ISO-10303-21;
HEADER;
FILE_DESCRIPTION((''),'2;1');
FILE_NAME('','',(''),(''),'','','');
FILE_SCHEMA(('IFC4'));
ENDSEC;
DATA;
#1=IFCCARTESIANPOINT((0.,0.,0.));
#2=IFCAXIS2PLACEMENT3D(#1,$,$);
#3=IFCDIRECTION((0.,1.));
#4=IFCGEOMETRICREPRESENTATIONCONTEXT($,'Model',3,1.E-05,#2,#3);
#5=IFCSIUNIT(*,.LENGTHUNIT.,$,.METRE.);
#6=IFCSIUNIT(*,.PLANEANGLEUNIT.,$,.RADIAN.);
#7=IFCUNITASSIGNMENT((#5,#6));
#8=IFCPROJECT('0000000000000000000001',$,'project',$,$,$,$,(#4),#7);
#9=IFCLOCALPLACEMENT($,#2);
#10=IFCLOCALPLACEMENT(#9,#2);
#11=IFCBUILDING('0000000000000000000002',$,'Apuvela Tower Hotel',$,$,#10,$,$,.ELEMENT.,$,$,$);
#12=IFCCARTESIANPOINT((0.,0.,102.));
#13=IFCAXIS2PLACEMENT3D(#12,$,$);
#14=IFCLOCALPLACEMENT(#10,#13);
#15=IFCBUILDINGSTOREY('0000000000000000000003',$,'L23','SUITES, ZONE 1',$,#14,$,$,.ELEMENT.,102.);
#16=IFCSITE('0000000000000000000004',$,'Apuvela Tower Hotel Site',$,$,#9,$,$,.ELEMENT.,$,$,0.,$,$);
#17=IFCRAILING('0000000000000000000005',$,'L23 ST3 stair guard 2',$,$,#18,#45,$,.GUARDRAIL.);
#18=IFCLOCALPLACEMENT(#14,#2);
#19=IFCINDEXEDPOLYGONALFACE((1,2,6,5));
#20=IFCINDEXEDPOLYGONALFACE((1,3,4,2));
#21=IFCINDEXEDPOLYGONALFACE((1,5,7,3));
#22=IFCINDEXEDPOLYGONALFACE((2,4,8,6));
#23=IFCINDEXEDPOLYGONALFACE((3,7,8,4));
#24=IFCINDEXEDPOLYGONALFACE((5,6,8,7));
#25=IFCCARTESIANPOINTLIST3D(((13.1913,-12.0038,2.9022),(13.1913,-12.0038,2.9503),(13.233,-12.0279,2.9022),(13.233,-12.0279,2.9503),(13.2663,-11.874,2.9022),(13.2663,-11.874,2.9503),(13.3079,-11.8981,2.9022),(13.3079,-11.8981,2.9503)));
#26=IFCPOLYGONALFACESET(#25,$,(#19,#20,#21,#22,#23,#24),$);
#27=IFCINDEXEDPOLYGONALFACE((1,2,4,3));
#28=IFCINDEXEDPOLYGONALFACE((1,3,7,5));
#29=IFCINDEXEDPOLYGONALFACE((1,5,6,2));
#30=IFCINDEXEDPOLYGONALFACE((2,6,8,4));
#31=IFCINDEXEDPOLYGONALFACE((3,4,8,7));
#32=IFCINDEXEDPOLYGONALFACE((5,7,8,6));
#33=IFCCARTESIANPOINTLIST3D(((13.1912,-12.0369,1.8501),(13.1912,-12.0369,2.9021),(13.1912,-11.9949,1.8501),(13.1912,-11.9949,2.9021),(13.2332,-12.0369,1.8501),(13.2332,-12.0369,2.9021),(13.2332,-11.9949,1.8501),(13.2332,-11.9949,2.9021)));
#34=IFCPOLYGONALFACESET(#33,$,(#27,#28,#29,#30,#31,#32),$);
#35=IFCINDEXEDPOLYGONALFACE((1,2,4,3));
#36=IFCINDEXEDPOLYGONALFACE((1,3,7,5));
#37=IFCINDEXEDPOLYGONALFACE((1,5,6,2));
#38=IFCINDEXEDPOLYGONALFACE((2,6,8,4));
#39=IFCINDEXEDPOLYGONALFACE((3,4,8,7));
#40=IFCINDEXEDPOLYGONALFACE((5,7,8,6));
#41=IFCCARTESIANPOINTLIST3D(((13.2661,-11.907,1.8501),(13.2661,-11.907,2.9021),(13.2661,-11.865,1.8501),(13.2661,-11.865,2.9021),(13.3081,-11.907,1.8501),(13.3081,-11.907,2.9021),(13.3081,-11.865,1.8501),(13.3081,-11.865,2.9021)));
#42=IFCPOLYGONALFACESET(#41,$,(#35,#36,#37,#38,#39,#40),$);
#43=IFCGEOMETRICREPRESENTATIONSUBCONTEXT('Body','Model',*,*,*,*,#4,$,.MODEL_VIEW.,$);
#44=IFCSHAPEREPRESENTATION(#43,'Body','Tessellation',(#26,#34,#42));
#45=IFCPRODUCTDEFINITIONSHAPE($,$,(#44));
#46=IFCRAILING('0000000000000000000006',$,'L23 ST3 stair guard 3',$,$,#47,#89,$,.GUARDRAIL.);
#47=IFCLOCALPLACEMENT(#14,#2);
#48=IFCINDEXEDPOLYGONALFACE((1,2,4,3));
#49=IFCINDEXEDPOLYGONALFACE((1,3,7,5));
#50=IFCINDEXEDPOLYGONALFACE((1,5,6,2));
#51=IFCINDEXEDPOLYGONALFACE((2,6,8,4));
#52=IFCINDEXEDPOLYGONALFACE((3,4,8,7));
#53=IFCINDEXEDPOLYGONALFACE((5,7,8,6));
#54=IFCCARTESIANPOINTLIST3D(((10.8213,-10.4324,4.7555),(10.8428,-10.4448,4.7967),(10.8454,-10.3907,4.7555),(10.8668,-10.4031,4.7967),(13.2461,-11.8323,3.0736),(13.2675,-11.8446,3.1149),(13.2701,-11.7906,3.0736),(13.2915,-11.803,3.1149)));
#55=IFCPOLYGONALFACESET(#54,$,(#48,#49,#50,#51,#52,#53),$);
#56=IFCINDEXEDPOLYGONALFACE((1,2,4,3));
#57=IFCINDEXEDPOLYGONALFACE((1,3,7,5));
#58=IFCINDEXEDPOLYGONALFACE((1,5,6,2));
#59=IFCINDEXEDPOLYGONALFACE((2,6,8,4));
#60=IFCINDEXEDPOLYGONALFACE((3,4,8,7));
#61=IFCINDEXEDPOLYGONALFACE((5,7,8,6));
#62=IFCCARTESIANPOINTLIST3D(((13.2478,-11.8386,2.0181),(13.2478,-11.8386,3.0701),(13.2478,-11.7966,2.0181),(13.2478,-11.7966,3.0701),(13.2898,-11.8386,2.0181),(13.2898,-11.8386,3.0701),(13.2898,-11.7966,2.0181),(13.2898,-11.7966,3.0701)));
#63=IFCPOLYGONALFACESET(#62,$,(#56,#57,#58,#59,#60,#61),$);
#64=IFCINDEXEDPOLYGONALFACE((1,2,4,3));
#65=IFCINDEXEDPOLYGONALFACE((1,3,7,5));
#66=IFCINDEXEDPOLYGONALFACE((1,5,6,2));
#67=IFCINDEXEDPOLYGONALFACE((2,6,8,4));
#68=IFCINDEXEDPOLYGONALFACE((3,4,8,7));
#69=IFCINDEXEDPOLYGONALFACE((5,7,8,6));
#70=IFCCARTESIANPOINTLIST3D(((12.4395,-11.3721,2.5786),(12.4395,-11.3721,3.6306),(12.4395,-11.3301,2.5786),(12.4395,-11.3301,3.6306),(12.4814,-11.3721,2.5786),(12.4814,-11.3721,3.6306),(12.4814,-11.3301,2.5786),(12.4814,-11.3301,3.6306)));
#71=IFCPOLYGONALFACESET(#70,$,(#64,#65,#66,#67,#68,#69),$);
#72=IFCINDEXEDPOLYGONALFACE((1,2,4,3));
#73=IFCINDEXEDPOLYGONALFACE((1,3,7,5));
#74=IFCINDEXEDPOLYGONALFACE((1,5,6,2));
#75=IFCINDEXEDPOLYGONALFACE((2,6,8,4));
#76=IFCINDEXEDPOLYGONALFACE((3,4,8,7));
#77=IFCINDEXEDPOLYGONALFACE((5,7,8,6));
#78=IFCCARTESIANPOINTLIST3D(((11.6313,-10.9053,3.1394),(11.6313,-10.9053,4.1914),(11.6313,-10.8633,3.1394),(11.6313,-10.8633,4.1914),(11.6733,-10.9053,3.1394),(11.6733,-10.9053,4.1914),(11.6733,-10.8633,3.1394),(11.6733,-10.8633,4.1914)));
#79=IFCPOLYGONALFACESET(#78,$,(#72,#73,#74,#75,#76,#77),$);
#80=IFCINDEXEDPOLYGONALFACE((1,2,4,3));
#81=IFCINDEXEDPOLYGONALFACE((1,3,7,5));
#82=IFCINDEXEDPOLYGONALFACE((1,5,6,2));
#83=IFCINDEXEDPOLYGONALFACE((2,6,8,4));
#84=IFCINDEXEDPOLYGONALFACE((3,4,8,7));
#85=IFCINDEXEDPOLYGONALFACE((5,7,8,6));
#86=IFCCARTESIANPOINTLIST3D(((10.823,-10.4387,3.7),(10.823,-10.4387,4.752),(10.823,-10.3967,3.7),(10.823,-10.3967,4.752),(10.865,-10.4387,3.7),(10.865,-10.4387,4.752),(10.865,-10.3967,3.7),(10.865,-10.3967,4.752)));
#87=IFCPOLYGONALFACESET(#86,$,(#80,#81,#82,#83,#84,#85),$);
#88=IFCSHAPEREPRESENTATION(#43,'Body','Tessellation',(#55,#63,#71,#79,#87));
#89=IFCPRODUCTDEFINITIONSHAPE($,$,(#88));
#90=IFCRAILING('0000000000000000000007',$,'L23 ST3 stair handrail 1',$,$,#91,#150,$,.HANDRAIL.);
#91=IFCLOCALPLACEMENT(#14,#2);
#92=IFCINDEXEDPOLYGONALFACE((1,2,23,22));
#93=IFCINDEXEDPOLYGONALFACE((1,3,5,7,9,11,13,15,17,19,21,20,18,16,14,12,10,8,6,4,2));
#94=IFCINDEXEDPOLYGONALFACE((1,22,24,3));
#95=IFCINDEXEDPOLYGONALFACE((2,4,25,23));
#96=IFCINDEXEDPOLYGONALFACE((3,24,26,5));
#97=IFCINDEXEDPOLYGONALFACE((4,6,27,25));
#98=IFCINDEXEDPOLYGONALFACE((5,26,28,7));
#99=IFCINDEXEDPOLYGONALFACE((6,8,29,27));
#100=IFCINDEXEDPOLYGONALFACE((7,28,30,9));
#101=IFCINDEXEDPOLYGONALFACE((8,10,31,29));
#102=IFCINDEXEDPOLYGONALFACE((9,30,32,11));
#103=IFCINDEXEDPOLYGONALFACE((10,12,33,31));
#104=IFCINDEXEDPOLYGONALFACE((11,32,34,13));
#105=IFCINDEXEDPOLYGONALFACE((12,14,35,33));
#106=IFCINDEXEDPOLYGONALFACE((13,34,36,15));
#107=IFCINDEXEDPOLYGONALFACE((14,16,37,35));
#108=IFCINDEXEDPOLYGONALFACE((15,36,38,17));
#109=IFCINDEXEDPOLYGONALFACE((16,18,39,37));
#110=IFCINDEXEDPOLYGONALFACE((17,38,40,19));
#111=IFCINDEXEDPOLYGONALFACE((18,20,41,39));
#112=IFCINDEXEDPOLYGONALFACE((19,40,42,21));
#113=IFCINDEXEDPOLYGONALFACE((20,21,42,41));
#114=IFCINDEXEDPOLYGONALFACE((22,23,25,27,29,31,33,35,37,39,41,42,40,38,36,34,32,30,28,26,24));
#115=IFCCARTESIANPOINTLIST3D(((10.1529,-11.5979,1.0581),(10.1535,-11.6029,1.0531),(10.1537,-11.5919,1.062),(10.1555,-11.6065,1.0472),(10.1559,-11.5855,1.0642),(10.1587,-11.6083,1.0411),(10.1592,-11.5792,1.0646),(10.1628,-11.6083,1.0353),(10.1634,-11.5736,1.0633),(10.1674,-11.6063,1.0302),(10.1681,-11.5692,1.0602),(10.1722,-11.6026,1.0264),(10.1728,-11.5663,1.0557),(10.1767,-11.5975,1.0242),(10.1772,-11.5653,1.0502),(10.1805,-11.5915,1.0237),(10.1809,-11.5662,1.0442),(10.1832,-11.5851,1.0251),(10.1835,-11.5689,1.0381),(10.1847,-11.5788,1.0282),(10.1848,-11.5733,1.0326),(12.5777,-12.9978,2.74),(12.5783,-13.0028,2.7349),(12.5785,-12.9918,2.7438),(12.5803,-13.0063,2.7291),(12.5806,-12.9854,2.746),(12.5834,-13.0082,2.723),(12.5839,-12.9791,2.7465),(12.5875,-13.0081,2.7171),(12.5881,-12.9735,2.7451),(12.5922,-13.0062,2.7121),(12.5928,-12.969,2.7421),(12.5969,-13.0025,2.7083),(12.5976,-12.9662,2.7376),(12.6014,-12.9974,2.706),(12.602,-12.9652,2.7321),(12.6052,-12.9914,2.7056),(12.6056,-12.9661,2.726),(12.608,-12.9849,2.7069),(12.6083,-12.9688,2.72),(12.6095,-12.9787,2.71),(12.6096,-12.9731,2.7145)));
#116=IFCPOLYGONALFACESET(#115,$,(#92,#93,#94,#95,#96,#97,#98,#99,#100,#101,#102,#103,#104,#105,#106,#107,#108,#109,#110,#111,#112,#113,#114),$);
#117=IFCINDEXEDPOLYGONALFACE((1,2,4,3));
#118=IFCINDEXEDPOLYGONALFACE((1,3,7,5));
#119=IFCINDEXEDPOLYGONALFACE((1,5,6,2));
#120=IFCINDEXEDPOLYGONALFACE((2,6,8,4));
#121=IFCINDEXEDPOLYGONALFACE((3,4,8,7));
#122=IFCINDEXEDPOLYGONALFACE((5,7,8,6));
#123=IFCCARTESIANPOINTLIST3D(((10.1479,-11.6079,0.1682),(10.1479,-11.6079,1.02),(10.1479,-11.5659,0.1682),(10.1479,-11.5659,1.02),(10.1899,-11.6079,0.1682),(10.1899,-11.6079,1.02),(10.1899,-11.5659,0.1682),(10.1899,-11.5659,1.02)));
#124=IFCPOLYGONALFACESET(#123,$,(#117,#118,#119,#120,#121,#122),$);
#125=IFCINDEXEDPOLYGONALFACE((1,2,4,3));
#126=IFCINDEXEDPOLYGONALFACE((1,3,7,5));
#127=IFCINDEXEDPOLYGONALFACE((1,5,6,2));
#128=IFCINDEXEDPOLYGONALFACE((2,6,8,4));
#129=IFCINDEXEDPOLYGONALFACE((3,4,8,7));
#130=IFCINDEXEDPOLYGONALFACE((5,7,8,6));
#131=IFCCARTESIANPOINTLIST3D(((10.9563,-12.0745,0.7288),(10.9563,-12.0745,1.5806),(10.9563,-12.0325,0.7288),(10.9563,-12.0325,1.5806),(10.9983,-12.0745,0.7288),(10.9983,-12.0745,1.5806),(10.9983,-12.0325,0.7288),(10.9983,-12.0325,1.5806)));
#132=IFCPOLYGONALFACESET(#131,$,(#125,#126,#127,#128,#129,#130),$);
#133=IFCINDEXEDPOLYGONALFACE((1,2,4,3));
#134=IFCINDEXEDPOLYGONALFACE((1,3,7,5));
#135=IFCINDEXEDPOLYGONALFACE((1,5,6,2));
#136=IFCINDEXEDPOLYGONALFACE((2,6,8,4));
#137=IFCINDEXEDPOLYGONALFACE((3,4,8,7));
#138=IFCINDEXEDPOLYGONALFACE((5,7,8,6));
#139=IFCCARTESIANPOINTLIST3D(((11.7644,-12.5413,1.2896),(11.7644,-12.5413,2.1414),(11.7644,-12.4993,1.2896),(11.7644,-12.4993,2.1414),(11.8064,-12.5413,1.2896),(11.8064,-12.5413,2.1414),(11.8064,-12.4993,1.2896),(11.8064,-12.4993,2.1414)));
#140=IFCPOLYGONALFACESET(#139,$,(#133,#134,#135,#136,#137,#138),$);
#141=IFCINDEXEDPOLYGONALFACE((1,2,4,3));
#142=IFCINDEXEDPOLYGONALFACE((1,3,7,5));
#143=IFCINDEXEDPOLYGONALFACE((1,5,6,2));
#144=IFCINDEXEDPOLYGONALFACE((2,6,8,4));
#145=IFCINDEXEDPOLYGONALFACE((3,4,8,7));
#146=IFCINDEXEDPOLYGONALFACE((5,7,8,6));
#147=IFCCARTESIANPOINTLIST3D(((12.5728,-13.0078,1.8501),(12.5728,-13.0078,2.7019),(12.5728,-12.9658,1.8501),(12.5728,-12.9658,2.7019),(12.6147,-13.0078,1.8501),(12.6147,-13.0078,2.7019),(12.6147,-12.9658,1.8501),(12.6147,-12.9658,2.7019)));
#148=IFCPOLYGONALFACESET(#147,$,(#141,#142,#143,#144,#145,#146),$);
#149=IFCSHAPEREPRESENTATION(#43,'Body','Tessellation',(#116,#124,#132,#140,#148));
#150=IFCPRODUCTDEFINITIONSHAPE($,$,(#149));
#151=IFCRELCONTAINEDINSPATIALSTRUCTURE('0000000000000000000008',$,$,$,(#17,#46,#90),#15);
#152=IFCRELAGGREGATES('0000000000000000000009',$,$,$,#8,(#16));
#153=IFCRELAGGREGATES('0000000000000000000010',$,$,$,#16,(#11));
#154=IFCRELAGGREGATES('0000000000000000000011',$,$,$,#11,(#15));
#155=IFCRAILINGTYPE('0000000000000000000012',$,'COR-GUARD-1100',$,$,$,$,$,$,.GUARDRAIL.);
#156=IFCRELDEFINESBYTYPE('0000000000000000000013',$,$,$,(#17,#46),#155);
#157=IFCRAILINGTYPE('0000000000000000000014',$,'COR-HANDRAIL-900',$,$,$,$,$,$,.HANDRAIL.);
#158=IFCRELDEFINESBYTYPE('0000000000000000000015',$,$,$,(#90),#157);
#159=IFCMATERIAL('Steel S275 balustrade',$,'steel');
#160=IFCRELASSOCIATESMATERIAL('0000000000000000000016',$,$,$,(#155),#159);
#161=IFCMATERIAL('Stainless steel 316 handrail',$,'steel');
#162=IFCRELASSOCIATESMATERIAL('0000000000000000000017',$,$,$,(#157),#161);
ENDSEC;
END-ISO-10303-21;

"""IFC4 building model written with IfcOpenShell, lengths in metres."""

from ifc_helpers import new_model, si_unit, direction, frame, origin, origin_2d, place, context, subcontext, project, spatial, rectangle, circle, extrude, material, type_object, element, save


model = new_model("IFC4")

# Units and contexts
model_context = context("Model", 3, precision=1e-05, world=origin(), true_north=direction((0.0, 1.0)))
body_context = subcontext(model_context, "Body", "Model", "MODEL_VIEW")
ifc_project = project(units=[si_unit("LENGTHUNIT", "METRE"), si_unit("PLANEANGLEUNIT", "RADIAN")], contexts=[model_context])

# Site, building, storey
site_placement = place(None, origin())
site = spatial("IfcSite", under=ifc_project, at=site_placement, Name="Apuvela Tower Hotel Site", CompositionType="ELEMENT", RefElevation=0.0)
building_placement = place(site_placement, origin())
building = spatial("IfcBuilding", under=site, at=building_placement, Name="Apuvela Tower Hotel", CompositionType="ELEMENT")
storey_placement = place(building_placement, frame((0.0, 0.0, 102.0)))
storey = spatial("IfcBuildingStorey", under=building, at=storey_placement, Name="L23", Description="SUITES, ZONE 1", CompositionType="ELEMENT", Elevation=102.0)

# Railings
ifc_material_1 = material(Name="Steel S275 balustrade", Category="steel")
railing_type_1 = type_object("IfcRailingType", Name="COR-GUARD-1100", PredefinedType="GUARDRAIL", material=ifc_material_1)
railing_1_placement = place(storey_placement, frame((13.2122, -12.0159, 1.8501)))
element("IfcRailing", 1, at=railing_1_placement, inside=storey, type_object=railing_type_1, Name="L23 ST3 stair guard 2", PredefinedType="GUARDRAIL", context=body_context, shape_type="SweptSolid", body=[
    extrude(rectangle(XDim=0.0481, YDim=0.0481, at=origin_2d()), frame((0.0, 0.0, 1.0762), z_axis=(0.499816, 0.866131, 0.0), x_axis=(-0.866131, 0.499816, 0.0)), (0.0, 0.0, 1.0), 0.1499),
    extrude(rectangle(XDim=0.042, YDim=0.042, at=origin_2d()), origin(), (0.0, 0.0, 1.0), 1.052),
    extrude(rectangle(XDim=0.042, YDim=0.042, at=origin_2d()), frame((0.075, 0.1299, 0.0)), (0.0, 0.0, 1.0), 1.052),
])
railing_2_placement = place(storey_placement, frame((13.2688, -11.8176, 2.0181)))
element("IfcRailing", 2, at=railing_2_placement, inside=storey, type_object=railing_type_1, Name="L23 ST3 stair guard 3", PredefinedType="GUARDRAIL", context=body_context, shape_type="SweptSolid", body=[
    extrude(rectangle(XDim=0.0481, YDim=0.0481, at=origin_2d()), frame((0.0, 0.0, 1.0762), z_axis=(-0.74239, 0.428601, 0.514934), x_axis=(-0.499984, -0.866035, 0.0)), (0.0, 0.0, 1.0), 3.2661),
    extrude(rectangle(XDim=0.042, YDim=0.042, at=origin_2d()), origin(), (0.0, 0.0, 1.0), 1.052),
    extrude(rectangle(XDim=0.042, YDim=0.042, at=origin_2d()), frame((-0.8083, 0.4666, 0.5605)), (0.0, 0.0, 1.0), 1.052),
    extrude(rectangle(XDim=0.042, YDim=0.042, at=origin_2d()), frame((-1.6165, 0.9333, 1.1213)), (0.0, 0.0, 1.0), 1.052),
    extrude(rectangle(XDim=0.042, YDim=0.042, at=origin_2d()), frame((-2.4248, 1.3999, 1.6819)), (0.0, 0.0, 1.0), 1.052),
])
ifc_material_2 = material(Name="Stainless steel 316 handrail", Category="steel")
railing_type_2 = type_object("IfcRailingType", Name="COR-HANDRAIL-900", PredefinedType="HANDRAIL", material=ifc_material_2)
railing_3_placement = place(storey_placement, frame((10.1689, -11.5869, 0.1682)))
element("IfcRailing", 3, at=railing_3_placement, inside=storey, type_object=railing_type_2, Name="L23 ST3 stair handrail 1", PredefinedType="HANDRAIL", context=body_context, shape_type="SweptSolid", body=[
    extrude(circle(Radius=0.0239, at=origin_2d()), frame((0.0, 0.0, 0.876), z_axis=(0.74239, -0.428601, 0.514934), x_axis=(0.499984, 0.866035, 0.0)), (0.0, 0.0, 1.0), 3.2661),
    extrude(rectangle(XDim=0.042, YDim=0.042, at=origin_2d()), origin(), (0.0, 0.0, 1.0), 0.8518),
    extrude(rectangle(XDim=0.042, YDim=0.042, at=origin_2d()), frame((0.8083, -0.4666, 0.5605)), (0.0, 0.0, 1.0), 0.8518),
    extrude(rectangle(XDim=0.042, YDim=0.042, at=origin_2d()), frame((1.6165, -0.9333, 1.1213)), (0.0, 0.0, 1.0), 0.8518),
    extrude(rectangle(XDim=0.042, YDim=0.042, at=origin_2d()), frame((2.4248, -1.3999, 1.6819)), (0.0, 0.0, 1.0), 0.8518),
])

save(model, "model.ifc")
